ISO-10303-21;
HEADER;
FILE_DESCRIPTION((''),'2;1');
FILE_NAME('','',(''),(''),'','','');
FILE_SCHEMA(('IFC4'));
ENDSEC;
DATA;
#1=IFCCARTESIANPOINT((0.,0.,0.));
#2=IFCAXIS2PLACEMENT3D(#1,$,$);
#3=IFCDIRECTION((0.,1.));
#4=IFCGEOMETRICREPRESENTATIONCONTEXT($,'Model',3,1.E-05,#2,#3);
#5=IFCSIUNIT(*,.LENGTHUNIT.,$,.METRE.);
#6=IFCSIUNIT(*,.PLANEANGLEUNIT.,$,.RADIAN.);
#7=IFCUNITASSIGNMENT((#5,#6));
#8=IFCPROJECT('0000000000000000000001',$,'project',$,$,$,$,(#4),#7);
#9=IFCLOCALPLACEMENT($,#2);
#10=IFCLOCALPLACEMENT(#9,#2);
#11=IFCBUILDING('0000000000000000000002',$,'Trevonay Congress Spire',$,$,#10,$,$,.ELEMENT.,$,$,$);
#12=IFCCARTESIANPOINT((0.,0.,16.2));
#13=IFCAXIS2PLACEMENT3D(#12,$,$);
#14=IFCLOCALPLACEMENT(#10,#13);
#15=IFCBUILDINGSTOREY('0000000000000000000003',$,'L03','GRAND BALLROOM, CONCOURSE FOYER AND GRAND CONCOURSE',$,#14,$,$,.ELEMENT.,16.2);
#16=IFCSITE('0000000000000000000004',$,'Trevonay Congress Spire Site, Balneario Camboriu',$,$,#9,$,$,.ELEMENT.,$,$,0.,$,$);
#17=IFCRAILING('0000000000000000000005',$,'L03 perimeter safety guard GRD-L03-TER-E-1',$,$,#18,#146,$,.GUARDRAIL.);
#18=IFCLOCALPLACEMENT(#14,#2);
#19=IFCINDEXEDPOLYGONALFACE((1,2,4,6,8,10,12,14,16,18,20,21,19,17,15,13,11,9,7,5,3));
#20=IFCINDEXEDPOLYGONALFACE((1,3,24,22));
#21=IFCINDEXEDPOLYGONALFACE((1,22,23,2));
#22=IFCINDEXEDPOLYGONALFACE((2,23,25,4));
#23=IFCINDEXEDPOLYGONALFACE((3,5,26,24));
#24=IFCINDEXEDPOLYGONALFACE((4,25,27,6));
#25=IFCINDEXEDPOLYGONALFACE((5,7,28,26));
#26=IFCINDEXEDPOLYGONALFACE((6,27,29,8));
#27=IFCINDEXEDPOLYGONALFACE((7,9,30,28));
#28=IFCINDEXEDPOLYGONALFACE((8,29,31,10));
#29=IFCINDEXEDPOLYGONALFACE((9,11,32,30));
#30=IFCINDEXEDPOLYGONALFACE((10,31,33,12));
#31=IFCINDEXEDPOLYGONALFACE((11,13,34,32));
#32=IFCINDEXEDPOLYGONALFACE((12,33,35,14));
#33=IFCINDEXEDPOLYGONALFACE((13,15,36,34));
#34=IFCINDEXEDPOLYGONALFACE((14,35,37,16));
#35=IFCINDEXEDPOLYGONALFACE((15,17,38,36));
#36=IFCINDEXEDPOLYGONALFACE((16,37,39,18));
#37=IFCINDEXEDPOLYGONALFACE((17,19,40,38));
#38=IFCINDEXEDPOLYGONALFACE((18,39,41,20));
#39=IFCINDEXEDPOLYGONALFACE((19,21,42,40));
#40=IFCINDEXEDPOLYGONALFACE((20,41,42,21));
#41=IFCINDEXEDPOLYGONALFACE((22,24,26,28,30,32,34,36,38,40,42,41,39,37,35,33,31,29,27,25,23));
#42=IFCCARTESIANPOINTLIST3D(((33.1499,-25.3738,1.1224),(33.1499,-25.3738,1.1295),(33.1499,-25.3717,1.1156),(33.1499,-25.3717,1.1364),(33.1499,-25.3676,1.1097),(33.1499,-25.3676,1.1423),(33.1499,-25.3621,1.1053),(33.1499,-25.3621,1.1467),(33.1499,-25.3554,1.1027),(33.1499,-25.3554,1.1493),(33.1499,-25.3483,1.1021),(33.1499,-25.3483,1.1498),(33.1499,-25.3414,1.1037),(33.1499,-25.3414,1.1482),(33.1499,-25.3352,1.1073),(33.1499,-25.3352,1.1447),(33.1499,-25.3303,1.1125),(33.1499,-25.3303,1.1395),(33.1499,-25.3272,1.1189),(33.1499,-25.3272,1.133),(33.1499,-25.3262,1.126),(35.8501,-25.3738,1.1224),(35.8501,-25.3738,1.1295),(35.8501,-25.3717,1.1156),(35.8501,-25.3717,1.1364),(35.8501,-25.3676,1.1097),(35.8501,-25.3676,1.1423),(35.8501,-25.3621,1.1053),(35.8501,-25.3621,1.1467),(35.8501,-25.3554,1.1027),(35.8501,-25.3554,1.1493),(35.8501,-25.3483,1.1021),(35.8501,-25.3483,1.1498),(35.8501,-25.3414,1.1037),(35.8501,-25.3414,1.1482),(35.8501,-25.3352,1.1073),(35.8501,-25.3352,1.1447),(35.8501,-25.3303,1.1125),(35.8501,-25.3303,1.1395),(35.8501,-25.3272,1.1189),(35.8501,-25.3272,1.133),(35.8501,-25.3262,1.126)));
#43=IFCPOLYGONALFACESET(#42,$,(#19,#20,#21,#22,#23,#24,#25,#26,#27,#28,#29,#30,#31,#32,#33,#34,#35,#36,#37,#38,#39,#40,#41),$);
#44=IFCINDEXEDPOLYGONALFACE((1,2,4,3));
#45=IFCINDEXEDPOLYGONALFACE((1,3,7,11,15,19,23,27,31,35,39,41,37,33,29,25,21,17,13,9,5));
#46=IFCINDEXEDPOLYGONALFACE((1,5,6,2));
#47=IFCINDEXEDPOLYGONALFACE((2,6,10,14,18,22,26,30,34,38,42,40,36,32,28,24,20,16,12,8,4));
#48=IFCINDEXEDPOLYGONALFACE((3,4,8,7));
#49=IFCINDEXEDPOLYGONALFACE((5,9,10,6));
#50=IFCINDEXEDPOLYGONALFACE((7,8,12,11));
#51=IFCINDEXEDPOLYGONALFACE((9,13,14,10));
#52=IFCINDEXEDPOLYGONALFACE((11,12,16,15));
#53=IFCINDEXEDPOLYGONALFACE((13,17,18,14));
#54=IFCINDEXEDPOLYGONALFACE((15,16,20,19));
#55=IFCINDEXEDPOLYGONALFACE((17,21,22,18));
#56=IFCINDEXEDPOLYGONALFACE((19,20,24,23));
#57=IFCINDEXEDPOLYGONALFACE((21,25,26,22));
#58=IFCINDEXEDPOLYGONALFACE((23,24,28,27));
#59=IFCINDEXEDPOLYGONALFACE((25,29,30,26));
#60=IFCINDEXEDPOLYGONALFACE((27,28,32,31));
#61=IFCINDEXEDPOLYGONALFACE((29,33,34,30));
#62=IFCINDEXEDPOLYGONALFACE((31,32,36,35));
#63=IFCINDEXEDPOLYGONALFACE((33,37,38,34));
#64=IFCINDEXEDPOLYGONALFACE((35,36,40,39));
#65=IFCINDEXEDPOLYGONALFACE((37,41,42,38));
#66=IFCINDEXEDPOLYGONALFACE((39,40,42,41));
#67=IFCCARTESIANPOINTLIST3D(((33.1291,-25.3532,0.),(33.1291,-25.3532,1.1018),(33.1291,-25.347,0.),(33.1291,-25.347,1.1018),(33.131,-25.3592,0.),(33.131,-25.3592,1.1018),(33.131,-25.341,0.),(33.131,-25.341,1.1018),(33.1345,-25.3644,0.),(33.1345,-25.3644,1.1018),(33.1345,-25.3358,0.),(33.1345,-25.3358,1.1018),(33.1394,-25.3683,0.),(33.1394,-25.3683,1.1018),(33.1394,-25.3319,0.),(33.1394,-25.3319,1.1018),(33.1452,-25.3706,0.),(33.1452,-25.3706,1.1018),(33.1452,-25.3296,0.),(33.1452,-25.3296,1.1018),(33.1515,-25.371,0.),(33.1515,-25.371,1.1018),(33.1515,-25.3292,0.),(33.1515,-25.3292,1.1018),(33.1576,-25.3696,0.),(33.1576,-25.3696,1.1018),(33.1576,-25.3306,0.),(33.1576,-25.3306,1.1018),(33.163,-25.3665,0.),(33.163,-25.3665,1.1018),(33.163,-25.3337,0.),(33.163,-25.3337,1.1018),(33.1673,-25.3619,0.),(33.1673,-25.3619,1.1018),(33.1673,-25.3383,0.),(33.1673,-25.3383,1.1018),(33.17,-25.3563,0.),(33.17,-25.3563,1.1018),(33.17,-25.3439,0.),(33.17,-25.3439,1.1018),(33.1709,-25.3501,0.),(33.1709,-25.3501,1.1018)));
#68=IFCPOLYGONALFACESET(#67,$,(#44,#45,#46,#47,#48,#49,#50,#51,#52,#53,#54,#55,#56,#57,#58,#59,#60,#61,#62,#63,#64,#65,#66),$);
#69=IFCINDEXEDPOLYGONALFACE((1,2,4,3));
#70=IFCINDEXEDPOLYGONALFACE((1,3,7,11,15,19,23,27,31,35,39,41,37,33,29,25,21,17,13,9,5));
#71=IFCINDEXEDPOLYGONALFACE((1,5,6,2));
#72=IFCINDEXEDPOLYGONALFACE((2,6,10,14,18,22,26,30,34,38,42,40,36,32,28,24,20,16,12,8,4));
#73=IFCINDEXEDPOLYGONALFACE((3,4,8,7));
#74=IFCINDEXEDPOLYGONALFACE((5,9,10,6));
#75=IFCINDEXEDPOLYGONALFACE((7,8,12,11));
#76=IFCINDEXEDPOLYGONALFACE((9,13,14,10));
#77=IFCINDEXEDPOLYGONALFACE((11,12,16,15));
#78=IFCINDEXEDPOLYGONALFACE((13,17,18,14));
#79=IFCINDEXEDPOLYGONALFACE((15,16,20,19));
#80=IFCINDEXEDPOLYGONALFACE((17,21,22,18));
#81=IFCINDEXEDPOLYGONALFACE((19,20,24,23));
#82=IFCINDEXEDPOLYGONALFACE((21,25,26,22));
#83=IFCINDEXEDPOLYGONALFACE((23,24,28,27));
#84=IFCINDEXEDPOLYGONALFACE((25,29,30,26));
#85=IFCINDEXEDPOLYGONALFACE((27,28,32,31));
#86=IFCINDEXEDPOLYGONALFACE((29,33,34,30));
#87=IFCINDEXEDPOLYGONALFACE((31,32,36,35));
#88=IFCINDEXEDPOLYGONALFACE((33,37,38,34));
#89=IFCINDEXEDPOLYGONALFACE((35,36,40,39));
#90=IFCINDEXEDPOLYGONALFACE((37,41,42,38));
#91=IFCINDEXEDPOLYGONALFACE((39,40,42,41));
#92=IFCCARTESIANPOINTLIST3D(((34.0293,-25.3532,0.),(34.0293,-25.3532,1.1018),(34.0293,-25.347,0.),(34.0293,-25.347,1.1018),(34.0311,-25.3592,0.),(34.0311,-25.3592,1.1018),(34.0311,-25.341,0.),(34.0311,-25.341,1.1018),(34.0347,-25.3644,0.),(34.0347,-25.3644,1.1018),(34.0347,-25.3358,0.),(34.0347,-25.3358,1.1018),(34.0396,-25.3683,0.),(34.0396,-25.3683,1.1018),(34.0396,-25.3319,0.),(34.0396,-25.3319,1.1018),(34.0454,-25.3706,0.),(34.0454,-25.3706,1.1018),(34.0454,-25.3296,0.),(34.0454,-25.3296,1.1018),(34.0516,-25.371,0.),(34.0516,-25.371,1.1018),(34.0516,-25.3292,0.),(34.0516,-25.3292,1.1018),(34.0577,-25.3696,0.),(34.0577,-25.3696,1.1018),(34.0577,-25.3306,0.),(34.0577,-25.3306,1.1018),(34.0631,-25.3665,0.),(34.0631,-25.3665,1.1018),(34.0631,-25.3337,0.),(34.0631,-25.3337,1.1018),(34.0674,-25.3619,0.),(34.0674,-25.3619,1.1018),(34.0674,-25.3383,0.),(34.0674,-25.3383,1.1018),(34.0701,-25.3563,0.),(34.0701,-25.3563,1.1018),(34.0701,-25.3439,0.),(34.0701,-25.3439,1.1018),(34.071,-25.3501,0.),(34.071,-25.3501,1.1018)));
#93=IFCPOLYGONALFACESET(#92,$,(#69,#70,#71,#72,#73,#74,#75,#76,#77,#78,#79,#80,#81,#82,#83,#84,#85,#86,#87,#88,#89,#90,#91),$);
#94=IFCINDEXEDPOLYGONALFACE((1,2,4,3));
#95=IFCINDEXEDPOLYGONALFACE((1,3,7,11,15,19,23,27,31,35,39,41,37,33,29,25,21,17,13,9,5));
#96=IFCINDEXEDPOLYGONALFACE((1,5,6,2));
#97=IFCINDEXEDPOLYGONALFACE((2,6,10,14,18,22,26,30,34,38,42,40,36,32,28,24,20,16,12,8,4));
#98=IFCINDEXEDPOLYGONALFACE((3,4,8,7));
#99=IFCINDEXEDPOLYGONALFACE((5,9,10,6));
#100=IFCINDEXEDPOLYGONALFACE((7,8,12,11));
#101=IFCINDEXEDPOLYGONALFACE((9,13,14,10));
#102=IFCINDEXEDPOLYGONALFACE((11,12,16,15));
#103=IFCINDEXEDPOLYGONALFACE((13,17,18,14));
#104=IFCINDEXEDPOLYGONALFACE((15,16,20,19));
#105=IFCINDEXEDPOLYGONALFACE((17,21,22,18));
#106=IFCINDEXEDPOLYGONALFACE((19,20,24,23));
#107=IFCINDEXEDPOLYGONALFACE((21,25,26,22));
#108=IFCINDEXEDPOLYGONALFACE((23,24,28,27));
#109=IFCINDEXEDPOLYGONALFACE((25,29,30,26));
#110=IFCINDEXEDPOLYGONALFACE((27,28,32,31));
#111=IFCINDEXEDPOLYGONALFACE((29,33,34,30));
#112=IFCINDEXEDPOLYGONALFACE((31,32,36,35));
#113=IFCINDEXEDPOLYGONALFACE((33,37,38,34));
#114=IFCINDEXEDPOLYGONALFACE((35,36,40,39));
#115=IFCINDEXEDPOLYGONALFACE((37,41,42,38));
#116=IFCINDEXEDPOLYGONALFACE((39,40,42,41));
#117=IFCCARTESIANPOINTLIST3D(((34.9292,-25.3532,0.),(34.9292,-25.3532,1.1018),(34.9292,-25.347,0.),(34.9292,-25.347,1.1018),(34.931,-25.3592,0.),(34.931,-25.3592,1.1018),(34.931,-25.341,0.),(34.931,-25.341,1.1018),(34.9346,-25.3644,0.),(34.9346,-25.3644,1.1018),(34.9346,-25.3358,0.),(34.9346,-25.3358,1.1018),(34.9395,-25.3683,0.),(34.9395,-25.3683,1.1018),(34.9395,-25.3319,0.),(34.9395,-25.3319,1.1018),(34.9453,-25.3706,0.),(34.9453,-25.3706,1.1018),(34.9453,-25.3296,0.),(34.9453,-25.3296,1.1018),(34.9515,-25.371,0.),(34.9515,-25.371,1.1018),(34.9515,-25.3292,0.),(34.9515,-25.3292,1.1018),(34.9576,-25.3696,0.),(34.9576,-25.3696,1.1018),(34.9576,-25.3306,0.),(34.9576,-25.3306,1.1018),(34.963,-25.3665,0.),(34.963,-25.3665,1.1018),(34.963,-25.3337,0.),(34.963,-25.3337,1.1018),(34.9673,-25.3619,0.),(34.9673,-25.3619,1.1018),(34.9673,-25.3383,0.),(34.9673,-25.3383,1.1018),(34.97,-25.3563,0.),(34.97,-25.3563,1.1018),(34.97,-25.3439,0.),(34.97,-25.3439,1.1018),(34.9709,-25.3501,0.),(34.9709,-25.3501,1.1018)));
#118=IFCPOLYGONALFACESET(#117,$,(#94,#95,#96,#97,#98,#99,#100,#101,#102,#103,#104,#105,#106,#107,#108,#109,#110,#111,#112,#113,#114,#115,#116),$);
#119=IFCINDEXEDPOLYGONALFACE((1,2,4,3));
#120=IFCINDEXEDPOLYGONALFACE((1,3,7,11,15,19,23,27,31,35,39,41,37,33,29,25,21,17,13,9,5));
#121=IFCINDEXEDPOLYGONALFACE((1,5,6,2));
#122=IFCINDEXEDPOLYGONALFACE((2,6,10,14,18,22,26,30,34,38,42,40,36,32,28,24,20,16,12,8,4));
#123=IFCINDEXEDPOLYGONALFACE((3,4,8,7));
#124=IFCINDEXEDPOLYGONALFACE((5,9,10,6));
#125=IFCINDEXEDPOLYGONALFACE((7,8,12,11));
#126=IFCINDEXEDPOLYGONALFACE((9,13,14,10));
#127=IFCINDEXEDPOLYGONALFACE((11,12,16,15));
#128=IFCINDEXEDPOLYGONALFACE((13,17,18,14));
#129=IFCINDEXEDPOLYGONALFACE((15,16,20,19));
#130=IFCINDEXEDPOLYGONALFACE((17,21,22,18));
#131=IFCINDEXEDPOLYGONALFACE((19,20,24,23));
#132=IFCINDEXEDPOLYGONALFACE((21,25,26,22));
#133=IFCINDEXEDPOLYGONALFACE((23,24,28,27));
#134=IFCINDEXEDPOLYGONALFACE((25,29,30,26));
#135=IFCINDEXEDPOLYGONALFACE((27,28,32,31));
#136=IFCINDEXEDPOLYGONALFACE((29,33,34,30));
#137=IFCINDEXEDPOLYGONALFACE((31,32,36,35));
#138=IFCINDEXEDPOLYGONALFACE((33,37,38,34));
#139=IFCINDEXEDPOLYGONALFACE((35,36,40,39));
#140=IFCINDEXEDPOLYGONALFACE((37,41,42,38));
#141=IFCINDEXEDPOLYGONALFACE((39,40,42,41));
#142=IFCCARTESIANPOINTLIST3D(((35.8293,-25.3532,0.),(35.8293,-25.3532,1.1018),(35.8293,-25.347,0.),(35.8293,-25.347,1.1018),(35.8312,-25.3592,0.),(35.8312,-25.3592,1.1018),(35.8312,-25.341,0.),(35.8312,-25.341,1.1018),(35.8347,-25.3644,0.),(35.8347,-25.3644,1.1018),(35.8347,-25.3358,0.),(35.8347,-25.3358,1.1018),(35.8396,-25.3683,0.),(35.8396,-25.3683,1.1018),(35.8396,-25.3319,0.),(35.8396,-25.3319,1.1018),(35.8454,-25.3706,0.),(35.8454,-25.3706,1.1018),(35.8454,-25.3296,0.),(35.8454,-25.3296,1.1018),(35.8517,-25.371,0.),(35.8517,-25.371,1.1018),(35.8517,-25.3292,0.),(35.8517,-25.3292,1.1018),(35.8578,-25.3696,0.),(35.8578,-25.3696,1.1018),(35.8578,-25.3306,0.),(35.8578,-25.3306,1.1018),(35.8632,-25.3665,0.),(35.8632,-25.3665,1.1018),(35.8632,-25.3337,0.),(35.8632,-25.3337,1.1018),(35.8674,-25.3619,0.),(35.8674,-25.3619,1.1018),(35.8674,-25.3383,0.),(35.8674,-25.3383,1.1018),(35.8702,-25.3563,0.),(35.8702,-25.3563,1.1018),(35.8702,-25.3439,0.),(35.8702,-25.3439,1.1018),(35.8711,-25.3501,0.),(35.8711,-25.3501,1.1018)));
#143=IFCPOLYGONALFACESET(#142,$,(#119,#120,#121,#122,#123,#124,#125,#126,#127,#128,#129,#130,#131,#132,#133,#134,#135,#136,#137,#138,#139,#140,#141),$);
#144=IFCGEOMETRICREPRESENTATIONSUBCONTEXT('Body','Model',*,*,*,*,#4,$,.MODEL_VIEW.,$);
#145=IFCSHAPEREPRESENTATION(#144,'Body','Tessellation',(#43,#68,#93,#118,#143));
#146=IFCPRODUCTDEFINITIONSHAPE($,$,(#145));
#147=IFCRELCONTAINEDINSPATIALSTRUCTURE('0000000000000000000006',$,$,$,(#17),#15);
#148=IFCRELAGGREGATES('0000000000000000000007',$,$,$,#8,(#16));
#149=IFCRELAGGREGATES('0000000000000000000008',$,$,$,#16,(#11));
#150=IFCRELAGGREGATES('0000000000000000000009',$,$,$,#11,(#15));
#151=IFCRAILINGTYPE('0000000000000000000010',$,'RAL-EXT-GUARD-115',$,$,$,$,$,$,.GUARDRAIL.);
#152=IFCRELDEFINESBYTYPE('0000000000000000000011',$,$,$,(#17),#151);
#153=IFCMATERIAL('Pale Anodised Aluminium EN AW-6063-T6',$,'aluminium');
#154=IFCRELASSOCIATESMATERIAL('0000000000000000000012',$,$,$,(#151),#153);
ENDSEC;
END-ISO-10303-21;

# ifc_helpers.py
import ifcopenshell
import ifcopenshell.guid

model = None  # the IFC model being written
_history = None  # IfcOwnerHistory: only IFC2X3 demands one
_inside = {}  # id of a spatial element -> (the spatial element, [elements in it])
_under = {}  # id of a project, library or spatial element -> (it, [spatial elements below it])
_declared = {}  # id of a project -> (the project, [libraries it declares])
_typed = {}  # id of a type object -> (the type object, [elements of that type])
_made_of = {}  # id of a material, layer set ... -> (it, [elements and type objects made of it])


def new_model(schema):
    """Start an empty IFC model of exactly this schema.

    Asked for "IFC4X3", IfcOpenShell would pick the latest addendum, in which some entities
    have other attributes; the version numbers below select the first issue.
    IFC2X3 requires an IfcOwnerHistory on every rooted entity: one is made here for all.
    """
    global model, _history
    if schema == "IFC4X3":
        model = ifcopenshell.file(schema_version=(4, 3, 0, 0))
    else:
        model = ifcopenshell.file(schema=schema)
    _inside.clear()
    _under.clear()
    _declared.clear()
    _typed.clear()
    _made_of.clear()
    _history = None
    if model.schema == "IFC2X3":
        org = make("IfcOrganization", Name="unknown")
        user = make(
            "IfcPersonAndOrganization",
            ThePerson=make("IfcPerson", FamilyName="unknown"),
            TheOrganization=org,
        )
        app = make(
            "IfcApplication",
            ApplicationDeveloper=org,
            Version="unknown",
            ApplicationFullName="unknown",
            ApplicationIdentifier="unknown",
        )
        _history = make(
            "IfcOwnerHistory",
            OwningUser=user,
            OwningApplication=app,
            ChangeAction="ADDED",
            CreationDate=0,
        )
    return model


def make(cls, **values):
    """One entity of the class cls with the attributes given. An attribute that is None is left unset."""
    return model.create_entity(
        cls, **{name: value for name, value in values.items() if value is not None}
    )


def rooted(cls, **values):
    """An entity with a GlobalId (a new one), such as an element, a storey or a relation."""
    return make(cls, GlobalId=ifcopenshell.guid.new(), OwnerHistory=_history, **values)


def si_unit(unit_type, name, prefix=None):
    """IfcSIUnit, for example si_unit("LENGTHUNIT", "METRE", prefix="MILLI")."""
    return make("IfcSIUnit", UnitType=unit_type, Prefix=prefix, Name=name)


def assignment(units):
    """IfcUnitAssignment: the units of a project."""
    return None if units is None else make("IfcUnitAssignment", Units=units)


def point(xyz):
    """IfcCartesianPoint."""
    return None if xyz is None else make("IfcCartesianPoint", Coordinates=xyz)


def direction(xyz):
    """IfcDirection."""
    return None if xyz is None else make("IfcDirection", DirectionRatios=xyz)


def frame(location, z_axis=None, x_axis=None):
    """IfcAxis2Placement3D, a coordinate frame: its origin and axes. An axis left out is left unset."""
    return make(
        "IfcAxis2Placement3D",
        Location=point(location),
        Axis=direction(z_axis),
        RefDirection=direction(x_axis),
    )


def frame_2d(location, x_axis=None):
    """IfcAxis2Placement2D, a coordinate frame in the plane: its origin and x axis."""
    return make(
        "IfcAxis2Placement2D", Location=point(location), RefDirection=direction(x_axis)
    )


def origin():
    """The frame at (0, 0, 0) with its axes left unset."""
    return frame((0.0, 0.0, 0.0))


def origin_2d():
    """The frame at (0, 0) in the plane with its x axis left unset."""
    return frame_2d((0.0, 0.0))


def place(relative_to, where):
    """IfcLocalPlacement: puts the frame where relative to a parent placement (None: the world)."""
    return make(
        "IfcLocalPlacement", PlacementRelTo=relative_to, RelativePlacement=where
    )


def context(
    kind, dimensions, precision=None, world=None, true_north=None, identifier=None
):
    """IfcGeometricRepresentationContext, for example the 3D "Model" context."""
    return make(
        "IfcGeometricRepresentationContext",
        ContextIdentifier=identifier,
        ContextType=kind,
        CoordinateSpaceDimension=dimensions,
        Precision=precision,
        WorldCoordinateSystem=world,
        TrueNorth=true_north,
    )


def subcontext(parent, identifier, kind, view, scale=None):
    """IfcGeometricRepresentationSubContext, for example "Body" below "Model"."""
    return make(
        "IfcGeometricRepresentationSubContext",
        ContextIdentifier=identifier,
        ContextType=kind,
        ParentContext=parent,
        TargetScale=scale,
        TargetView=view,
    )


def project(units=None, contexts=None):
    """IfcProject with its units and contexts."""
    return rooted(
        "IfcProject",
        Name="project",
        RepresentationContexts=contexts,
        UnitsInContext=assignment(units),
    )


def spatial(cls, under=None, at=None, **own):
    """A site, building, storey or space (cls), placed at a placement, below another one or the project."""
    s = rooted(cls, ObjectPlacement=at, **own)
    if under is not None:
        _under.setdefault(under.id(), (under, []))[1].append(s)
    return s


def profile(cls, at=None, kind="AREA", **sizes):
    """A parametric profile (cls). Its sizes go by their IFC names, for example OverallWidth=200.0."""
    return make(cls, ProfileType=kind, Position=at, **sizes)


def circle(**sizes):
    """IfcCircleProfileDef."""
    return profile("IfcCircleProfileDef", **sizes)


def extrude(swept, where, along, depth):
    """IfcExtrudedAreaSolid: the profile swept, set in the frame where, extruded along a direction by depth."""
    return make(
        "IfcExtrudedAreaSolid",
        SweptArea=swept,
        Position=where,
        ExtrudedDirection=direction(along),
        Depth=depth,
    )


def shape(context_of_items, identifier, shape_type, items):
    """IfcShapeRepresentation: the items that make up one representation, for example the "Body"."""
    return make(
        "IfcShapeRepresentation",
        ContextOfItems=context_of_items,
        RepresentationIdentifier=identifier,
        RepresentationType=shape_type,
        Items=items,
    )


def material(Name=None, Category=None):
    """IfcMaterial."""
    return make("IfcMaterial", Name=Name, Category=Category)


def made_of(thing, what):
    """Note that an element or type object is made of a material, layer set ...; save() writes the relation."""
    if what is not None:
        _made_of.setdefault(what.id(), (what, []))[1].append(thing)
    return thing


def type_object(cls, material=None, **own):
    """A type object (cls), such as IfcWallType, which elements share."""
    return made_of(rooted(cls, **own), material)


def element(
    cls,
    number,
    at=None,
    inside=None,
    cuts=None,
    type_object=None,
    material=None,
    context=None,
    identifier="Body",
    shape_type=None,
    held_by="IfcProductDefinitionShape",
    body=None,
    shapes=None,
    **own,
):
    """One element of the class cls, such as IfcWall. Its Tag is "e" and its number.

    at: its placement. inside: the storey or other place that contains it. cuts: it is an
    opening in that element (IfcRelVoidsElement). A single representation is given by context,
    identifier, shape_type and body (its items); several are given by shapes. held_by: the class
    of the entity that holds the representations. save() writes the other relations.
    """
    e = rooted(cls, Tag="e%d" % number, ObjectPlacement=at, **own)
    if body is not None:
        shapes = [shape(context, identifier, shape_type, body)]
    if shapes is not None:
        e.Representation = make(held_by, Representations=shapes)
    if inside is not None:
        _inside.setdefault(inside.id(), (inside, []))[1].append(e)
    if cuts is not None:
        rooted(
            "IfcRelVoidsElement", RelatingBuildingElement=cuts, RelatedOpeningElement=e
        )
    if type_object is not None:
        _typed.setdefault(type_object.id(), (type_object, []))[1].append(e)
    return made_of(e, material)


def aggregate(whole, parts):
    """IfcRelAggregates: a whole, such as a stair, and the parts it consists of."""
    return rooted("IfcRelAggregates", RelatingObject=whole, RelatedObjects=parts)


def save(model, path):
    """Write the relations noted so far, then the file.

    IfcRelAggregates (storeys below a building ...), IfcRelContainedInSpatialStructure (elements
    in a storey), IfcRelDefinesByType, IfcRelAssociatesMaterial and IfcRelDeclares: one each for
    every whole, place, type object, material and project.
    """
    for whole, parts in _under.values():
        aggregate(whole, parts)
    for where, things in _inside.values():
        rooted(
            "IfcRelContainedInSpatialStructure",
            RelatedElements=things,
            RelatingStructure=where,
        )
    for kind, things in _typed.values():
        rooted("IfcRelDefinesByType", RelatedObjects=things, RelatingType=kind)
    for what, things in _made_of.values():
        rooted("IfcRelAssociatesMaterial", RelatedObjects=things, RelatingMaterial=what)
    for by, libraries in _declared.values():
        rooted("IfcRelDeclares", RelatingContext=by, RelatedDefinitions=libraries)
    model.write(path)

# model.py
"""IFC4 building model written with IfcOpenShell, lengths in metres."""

from ifc_helpers import new_model, si_unit, direction, frame, origin, origin_2d, place, context, subcontext, project, spatial, circle, extrude, material, type_object, element, save


model = new_model("IFC4")

# Units and contexts
model_context = context("Model", 3, precision=1e-05, world=origin(), true_north=direction((0.0, 1.0)))
body_context = subcontext(model_context, "Body", "Model", "MODEL_VIEW")
ifc_project = project(units=[si_unit("LENGTHUNIT", "METRE"), si_unit("PLANEANGLEUNIT", "RADIAN")], contexts=[model_context])

# Site, building, storey
site_placement = place(None, origin())
site = spatial("IfcSite", under=ifc_project, at=site_placement, Name="Trevonay Congress Spire Site, Balneario Camboriu", CompositionType="ELEMENT", RefElevation=0.0)
building_placement = place(site_placement, origin())
building = spatial("IfcBuilding", under=site, at=building_placement, Name="Trevonay Congress Spire", CompositionType="ELEMENT")
storey_placement = place(building_placement, frame((0.0, 0.0, 16.2)))
storey = spatial("IfcBuildingStorey", under=building, at=storey_placement, Name="L03", Description="GRAND BALLROOM, CONCOURSE FOYER AND GRAND CONCOURSE", CompositionType="ELEMENT", Elevation=16.2)

# Shared definitions
ifc_material_1 = material(Name="Pale Anodised Aluminium EN AW-6063-T6", Category="aluminium")

# Railing
railing_type_1 = type_object("IfcRailingType", Name="RAL-EXT-GUARD-115", PredefinedType="GUARDRAIL", material=ifc_material_1)
railing_1_placement = place(storey_placement, frame((33.1499, -25.3501, 0.0)))
element("IfcRailing", 1, at=railing_1_placement, inside=storey, type_object=railing_type_1, Name="L03 perimeter safety guard GRD-L03-TER-E-1", PredefinedType="GUARDRAIL", context=body_context, shape_type="SweptSolid", body=[
    extrude(circle(Radius=0.0239, at=origin_2d()), frame((0.0, 0.0, 1.126), z_axis=(1.0, 0.0, 0.0), x_axis=(0.0, 1.0, 0.0)), (0.0, 0.0, 1.0), 2.7002),
    extrude(circle(Radius=0.021, at=origin_2d()), origin(), (0.0, 0.0, 1.0), 1.1018),
    extrude(circle(Radius=0.021, at=origin_2d()), frame((0.9001, 0.0, 0.0)), (0.0, 0.0, 1.0), 1.1018),
    extrude(circle(Radius=0.021, at=origin_2d()), frame((1.8, 0.0, 0.0)), (0.0, 0.0, 1.0), 1.1018),
    extrude(circle(Radius=0.021, at=origin_2d()), frame((2.7002, 0.0, 0.0)), (0.0, 0.0, 1.0), 1.1018),
])

save(model, "model.ifc")
